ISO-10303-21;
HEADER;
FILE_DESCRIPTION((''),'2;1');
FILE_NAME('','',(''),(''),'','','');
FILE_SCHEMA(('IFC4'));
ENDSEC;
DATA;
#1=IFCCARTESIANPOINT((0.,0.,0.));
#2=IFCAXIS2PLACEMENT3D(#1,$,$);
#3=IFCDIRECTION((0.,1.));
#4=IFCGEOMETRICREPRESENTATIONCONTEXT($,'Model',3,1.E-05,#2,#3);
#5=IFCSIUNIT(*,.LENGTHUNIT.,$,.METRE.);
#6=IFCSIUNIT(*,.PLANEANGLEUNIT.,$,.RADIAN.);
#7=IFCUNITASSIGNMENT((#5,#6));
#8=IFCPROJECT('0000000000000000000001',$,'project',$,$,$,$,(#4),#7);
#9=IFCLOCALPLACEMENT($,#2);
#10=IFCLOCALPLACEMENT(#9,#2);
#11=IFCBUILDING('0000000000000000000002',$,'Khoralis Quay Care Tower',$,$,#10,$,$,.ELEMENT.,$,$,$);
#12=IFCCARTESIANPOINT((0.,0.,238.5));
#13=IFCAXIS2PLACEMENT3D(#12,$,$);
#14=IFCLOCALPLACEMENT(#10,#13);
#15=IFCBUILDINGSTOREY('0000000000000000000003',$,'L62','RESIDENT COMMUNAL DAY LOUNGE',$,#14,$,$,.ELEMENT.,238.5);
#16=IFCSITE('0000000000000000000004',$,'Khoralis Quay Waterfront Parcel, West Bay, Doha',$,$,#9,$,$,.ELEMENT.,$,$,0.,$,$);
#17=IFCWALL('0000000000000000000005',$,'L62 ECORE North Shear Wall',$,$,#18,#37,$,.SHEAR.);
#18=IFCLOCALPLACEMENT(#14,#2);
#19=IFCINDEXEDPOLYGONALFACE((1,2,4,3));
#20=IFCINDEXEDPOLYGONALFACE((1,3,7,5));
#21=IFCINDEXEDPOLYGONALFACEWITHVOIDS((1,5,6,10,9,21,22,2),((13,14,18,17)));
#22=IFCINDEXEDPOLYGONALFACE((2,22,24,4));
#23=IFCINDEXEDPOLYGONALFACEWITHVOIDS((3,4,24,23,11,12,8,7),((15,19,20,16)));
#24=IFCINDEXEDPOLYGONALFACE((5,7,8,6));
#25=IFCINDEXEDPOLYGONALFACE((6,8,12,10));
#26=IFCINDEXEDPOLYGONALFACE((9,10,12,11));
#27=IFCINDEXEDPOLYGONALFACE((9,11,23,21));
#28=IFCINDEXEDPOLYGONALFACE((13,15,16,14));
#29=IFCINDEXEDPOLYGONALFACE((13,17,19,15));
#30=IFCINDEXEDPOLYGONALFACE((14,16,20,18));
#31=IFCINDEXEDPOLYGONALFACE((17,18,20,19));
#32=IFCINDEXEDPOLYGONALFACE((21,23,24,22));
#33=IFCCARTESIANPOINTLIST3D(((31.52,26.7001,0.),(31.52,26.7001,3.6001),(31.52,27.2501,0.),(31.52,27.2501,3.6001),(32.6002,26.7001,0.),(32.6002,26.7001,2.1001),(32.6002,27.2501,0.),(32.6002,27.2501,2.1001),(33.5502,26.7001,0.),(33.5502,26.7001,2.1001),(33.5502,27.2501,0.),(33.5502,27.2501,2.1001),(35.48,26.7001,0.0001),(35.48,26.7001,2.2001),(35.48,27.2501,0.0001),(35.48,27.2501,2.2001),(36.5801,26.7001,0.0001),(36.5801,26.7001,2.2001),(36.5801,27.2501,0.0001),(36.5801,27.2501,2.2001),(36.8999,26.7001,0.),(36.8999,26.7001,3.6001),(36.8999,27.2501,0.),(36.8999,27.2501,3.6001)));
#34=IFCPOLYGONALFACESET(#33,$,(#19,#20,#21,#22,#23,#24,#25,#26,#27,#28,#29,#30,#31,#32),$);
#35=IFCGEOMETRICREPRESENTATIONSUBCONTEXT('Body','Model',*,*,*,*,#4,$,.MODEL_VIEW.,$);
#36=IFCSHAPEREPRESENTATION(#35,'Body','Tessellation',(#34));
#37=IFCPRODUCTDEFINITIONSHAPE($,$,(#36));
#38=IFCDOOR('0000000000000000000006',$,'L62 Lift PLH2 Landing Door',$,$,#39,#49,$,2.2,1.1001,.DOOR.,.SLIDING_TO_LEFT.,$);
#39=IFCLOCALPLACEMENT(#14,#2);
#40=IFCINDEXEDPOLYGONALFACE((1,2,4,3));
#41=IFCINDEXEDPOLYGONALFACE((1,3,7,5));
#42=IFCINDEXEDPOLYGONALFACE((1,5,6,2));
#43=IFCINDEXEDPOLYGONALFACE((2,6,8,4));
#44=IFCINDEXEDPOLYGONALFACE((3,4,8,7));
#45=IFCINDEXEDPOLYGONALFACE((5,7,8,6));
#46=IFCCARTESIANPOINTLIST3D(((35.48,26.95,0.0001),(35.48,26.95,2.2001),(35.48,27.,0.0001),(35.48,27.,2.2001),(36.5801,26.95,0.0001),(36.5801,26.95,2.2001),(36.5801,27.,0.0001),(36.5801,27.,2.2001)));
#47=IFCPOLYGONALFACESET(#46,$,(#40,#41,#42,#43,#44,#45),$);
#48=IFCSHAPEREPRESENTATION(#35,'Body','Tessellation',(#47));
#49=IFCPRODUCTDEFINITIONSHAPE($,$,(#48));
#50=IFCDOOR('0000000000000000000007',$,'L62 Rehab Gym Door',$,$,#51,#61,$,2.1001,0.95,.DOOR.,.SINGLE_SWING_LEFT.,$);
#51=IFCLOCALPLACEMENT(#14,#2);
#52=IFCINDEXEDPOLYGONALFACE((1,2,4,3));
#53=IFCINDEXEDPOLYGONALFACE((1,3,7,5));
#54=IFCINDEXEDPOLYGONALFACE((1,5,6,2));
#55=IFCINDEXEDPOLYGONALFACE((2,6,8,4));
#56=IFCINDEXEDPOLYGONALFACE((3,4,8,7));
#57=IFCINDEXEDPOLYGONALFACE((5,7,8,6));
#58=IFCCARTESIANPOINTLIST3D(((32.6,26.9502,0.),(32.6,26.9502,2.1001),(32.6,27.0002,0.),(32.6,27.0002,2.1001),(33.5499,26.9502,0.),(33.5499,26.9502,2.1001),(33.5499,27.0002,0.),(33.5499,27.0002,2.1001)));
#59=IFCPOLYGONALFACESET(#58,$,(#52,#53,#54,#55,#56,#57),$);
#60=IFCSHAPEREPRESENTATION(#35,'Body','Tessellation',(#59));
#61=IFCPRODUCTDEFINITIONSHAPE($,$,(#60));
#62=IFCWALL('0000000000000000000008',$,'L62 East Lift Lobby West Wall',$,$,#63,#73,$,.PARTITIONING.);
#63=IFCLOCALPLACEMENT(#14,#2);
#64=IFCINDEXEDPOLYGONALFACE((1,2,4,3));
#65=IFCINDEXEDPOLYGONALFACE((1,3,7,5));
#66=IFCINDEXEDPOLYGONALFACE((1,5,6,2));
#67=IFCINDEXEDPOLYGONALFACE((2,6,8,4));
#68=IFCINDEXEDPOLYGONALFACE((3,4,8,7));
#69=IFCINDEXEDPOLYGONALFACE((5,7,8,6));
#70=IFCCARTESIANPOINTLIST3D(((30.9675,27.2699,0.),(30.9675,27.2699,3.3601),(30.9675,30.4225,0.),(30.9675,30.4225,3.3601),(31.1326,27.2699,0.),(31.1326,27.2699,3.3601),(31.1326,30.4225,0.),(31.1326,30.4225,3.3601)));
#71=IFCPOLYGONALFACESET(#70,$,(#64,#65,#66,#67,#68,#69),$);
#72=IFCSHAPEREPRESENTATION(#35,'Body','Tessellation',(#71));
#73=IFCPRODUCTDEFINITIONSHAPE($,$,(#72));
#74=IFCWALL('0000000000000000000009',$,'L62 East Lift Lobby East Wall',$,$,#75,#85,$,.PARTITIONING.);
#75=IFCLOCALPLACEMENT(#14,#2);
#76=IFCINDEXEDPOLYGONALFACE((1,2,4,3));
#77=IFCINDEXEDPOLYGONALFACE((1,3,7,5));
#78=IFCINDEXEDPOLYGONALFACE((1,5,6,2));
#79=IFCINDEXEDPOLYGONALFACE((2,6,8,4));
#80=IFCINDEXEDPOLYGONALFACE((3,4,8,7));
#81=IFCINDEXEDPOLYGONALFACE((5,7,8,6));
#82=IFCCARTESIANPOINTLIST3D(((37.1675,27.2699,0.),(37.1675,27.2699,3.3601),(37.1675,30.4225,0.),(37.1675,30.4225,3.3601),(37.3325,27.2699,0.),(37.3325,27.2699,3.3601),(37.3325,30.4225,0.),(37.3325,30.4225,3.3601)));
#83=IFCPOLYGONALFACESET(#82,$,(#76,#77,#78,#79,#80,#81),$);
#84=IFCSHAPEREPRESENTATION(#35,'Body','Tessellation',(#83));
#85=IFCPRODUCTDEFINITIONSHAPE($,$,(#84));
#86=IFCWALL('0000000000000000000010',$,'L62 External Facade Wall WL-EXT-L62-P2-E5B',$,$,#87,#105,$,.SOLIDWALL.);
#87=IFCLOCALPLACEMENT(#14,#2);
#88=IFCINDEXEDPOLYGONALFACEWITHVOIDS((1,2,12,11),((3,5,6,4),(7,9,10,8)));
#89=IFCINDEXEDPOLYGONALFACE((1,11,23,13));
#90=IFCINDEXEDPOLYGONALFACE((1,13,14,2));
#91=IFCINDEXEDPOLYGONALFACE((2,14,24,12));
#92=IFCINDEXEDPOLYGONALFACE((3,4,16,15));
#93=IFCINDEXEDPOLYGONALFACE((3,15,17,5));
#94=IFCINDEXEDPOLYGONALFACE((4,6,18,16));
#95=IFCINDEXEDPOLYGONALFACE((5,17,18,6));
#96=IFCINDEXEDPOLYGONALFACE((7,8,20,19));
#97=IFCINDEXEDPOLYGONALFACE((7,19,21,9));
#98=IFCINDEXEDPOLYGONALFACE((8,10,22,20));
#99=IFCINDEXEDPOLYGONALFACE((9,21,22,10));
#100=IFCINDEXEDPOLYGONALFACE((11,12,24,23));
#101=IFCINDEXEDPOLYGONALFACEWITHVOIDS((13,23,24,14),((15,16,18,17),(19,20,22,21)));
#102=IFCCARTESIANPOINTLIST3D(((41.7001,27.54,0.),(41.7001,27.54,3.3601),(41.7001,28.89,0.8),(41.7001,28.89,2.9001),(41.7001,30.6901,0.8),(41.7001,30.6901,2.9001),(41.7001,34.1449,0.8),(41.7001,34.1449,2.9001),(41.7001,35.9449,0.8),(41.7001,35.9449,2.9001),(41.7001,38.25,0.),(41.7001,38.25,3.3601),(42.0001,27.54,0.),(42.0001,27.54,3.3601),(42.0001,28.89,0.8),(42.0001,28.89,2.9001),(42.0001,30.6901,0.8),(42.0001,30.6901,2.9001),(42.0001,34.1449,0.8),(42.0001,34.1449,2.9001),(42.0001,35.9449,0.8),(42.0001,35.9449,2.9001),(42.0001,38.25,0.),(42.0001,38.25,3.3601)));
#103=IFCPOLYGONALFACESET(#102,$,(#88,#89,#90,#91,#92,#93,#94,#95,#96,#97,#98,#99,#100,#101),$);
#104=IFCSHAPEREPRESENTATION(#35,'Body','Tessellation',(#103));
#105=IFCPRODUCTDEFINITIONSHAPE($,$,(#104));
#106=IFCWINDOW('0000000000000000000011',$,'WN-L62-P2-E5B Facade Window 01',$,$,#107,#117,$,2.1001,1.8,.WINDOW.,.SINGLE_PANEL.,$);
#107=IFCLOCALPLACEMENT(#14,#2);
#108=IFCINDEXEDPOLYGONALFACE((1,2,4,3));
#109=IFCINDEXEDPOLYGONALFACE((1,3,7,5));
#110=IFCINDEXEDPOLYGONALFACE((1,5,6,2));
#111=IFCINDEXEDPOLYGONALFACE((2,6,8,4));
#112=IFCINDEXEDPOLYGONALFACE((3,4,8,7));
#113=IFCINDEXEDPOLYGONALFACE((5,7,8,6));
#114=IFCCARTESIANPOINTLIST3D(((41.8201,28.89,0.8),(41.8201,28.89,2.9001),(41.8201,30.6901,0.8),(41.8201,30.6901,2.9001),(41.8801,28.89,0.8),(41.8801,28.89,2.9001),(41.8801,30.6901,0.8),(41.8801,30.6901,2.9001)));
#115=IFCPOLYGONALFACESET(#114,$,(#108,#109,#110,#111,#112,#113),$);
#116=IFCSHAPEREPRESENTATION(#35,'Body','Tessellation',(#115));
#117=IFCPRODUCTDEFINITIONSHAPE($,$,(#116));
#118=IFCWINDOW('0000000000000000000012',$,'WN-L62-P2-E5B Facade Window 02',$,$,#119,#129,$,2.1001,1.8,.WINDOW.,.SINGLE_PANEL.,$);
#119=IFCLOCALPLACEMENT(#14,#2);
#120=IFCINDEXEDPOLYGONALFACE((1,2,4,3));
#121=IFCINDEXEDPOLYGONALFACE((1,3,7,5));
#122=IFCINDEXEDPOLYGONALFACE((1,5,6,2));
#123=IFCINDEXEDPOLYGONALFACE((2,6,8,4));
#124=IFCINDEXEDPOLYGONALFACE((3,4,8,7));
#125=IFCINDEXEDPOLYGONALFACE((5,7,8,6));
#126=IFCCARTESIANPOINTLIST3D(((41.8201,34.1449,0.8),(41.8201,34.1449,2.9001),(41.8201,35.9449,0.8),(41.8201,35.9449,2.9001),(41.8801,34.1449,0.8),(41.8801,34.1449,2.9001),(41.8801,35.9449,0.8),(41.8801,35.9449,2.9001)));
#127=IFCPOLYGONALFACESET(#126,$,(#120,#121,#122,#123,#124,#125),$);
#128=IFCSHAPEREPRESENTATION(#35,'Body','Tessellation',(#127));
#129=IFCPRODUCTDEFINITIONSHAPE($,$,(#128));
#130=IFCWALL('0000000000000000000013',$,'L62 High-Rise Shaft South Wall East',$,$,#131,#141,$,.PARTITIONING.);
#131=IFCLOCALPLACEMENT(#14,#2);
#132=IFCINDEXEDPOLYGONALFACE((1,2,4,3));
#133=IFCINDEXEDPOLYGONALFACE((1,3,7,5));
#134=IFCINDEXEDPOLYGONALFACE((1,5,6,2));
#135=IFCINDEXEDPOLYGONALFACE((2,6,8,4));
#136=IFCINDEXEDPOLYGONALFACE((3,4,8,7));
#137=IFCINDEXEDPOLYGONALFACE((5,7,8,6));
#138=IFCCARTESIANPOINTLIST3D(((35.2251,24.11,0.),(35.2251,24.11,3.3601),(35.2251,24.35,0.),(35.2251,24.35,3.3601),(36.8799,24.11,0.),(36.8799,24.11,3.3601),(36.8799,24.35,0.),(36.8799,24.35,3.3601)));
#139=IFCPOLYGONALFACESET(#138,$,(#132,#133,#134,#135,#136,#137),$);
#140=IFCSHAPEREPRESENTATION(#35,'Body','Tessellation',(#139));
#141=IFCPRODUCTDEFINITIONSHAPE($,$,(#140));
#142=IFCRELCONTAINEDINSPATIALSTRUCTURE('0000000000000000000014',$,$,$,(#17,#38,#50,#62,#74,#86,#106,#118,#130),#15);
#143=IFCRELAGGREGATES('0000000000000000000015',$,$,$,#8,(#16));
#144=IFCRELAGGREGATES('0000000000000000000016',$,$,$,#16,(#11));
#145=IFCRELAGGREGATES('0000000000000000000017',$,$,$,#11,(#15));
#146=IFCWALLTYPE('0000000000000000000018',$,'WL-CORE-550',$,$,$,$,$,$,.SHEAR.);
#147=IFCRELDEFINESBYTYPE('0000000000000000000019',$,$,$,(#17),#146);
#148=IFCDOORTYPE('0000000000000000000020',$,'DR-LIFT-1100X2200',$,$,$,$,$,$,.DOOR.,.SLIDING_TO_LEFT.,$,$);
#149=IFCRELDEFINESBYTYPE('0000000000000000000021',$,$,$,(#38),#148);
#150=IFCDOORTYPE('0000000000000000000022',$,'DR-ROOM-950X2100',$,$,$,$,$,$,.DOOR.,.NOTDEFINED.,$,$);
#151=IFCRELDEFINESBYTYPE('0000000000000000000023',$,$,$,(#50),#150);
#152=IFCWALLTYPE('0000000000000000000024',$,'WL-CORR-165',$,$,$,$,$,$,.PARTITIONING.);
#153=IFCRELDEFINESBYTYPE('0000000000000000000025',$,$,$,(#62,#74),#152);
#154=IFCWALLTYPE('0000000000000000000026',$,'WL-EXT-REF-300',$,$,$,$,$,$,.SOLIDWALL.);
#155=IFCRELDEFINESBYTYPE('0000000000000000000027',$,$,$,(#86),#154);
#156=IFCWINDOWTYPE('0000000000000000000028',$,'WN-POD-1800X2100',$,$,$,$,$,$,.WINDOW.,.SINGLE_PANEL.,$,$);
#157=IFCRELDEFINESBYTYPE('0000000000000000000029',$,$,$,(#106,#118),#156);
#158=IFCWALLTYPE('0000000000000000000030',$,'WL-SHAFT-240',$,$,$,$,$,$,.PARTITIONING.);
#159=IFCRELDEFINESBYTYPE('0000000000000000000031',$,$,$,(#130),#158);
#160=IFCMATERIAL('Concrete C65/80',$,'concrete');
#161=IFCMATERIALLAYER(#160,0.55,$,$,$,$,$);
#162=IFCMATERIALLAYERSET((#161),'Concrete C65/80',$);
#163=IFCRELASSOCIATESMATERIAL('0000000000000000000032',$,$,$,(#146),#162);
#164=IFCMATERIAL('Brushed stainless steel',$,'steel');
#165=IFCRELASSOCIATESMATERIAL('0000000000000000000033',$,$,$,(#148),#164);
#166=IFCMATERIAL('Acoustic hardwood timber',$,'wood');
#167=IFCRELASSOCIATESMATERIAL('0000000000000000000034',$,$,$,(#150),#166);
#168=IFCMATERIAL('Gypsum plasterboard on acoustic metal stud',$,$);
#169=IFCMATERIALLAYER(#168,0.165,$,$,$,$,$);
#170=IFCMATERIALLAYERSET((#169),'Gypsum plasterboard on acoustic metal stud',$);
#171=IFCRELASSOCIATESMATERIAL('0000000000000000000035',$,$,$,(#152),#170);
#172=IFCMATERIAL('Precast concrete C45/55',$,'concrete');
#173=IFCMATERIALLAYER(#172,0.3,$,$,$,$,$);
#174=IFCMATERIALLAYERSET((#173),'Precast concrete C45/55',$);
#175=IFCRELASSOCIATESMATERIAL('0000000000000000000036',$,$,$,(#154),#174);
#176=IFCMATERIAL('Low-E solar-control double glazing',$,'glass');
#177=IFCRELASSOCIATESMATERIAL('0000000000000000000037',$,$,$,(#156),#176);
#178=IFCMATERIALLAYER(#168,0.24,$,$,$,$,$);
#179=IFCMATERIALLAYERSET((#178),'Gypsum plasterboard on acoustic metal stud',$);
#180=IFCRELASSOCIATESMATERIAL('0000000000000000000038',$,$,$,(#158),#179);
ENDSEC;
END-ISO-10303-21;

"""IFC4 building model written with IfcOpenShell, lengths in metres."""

from ifc_helpers import new_model, si_unit, direction, frame, frame_2d, origin, place, context, subcontext, project, spatial, rectangle, extrude, source, transform, mapped, material, layer, layer_set, type_object, element, fill, save


model = new_model("IFC4")

# Units and contexts
model_context = context("Model", 3, precision=1e-05, world=origin(), true_north=direction((0.0, 1.0)))
body_context = subcontext(model_context, "Body", "Model", "MODEL_VIEW")
ifc_project = project(units=[si_unit("LENGTHUNIT", "METRE"), si_unit("PLANEANGLEUNIT", "RADIAN")], contexts=[model_context])

# Site, building, storey
site_placement = place(None, origin())
site = spatial("IfcSite", under=ifc_project, at=site_placement, Name="Khoralis Quay Waterfront Parcel, West Bay, Doha", CompositionType="ELEMENT", RefElevation=0.0)
building_placement = place(site_placement, origin())
building = spatial("IfcBuilding", under=site, at=building_placement, Name="Khoralis Quay Care Tower", CompositionType="ELEMENT")
storey_placement = place(building_placement, frame((0.0, 0.0, 238.5)))
storey = spatial("IfcBuildingStorey", under=building, at=storey_placement, Name="L62", Description="RESIDENT COMMUNAL DAY LOUNGE", CompositionType="ELEMENT", Elevation=238.5)

# Shared definitions
ifc_material_1 = material(Name="Low-E solar-control double glazing", Category="glass")

# Wall, openings, doors
ifc_material_2 = material(Name="Concrete C65/80", Category="concrete")
ifc_layer_1 = layer(ifc_material_2, 0.55)
ifc_layer_set_1 = layer_set([ifc_layer_1], Name="Concrete C65/80")
wall_type_1 = type_object("IfcWallType", Name="WL-CORE-550", PredefinedType="SHEAR", material=ifc_layer_set_1)
wall_1_placement = place(storey_placement, frame((31.52, 26.9751, 0.0), z_axis=(0.0, 0.0, 1.0), x_axis=(1.0, 0.0, 0.0)))
wall_1 = element("IfcWall", 1, at=wall_1_placement, inside=storey, type_object=wall_type_1, Name="L62 ECORE North Shear Wall", PredefinedType="SHEAR", context=body_context, shape_type="SweptSolid", body=[
    extrude(rectangle(XDim=5.3799, YDim=0.55, at=frame_2d((2.6899, 0.0))), origin(), (0.0, 0.0, 1.0), 3.6001),
])
opening_1_placement = place(wall_1_placement, frame((1.0801, 0.0, 0.0)))
opening_1 = element("IfcOpeningElement", 2, at=opening_1_placement, cuts=wall_1, PredefinedType="OPENING", context=body_context, shape_type="SweptSolid", body=[
    extrude(rectangle(XDim=0.95, YDim=2.1001, at=frame_2d((0.4751, 1.05))), frame((0.0, 0.2852, 0.0), z_axis=(0.0, -1.0, 0.0), x_axis=(1.0, 0.0, 0.0)), (0.0, 0.0, 1.0), 0.5701),
])
opening_2_placement = place(wall_1_placement, frame((3.96, 0.0, 0.0)))
opening_2 = element("IfcOpeningElement", 3, at=opening_2_placement, cuts=wall_1, PredefinedType="OPENING", context=body_context, shape_type="SweptSolid", body=[
    extrude(rectangle(XDim=1.1001, YDim=2.2, at=frame_2d((0.55, 1.1001))), frame((0.0, 0.2852, 0.0), z_axis=(0.0, -1.0, 0.0), x_axis=(1.0, 0.0, 0.0)), (0.0, 0.0, 1.0), 0.5701),
])
ifc_material_3 = material(Name="Brushed stainless steel", Category="steel")
door_type_1 = type_object("IfcDoorType", Name="DR-LIFT-1100X2200", OperationType="SLIDING_TO_LEFT", PredefinedType="DOOR", material=ifc_material_3)
shared_shape_1 = source(origin(), body_context, "Body", "SweptSolid", [
    extrude(rectangle(XDim=1.1001, YDim=2.2, at=frame_2d((0.55, 1.1001))), frame((0.0, 0.0249, 0.0), z_axis=(0.0, -1.0, 0.0), x_axis=(1.0, 0.0, 0.0)), (0.0, 0.0, 1.0), 0.05),
])
door_1_placement = place(opening_2_placement, origin())
door_1 = element("IfcDoor", 4, at=door_1_placement, inside=storey, type_object=door_type_1, Name="L62 Lift PLH2 Landing Door", OperationType="SLIDING_TO_LEFT", OverallHeight=2.2, OverallWidth=1.1001, PredefinedType="DOOR", context=body_context, shape_type="MappedRepresentation", body=[
    mapped(shared_shape_1, transform((0.0, 0.0, 0.0), scale=1.0)),
])
fill(opening_2, door_1)
ifc_material_4 = material(Name="Acoustic hardwood timber", Category="wood")
door_type_2 = type_object("IfcDoorType", Name="DR-ROOM-950X2100", OperationType="NOTDEFINED", PredefinedType="DOOR", material=ifc_material_4)
shared_shape_2 = source(origin(), body_context, "Body", "SweptSolid", [
    extrude(rectangle(XDim=0.95, YDim=2.1001, at=frame_2d((0.4751, 1.05))), frame((0.0, 0.0249, 0.0), z_axis=(0.0, -1.0, 0.0), x_axis=(1.0, 0.0, 0.0)), (0.0, 0.0, 1.0), 0.05),
])
door_2_placement = place(opening_1_placement, frame((0.95, 0.0, 0.0), z_axis=(0.0, 0.0, 1.0), x_axis=(-1.0, 0.0, 0.0)))
door_2 = element("IfcDoor", 5, at=door_2_placement, inside=storey, type_object=door_type_2, Name="L62 Rehab Gym Door", OperationType="SINGLE_SWING_LEFT", OverallHeight=2.1001, OverallWidth=0.95, PredefinedType="DOOR", context=body_context, shape_type="MappedRepresentation", body=[
    mapped(shared_shape_2, transform((0.0, 0.0, 0.0), scale=1.0)),
])
fill(opening_1, door_2)

# Walls
ifc_material_5 = material(Name="Gypsum plasterboard on acoustic metal stud")
ifc_layer_2 = layer(ifc_material_5, 0.165)
ifc_layer_set_2 = layer_set([ifc_layer_2], Name="Gypsum plasterboard on acoustic metal stud")
wall_type_2 = type_object("IfcWallType", Name="WL-CORR-165", PredefinedType="PARTITIONING", material=ifc_layer_set_2)
for number, where, z_axis, x_axis, name in (
    (6, (31.05, 27.27, 0.0), (0.0, 0.0, 1.0), (0.0, 1.0, 0.0), "L62 East Lift Lobby West Wall"),
    (7, (37.25, 27.27, 0.0), (0.0, 0.0, 1.0), (0.0, 1.0, 0.0), "L62 East Lift Lobby East Wall"),
):
    element("IfcWall", number, at=place(storey_placement, frame(where, z_axis=z_axis, x_axis=x_axis)), inside=storey, type_object=wall_type_2, Name=name, PredefinedType="PARTITIONING", context=body_context, shape_type="SweptSolid", body=[
        extrude(rectangle(XDim=3.1526, YDim=0.165, at=frame_2d((1.5762, 0.0))), origin(), (0.0, 0.0, 1.0), 3.3601),
    ])

# Wall, openings, windows
ifc_material_6 = material(Name="Precast concrete C45/55", Category="concrete")
ifc_layer_3 = layer(ifc_material_6, 0.3)
ifc_layer_set_3 = layer_set([ifc_layer_3], Name="Precast concrete C45/55")
wall_type_3 = type_object("IfcWallType", Name="WL-EXT-REF-300", PredefinedType="SOLIDWALL", material=ifc_layer_set_3)
wall_2_placement = place(storey_placement, frame((41.8501, 27.54, 0.0), z_axis=(0.0, 0.0, 1.0), x_axis=(0.0, 1.0, 0.0)))
wall_2 = element("IfcWall", 8, at=wall_2_placement, inside=storey, type_object=wall_type_3, Name="L62 External Facade Wall WL-EXT-L62-P2-E5B", PredefinedType="SOLIDWALL", context=body_context, shape_type="SweptSolid", body=[
    extrude(rectangle(XDim=10.71, YDim=0.3, at=frame_2d((5.355, 0.0))), origin(), (0.0, 0.0, 1.0), 3.3601),
])
opening_3_placement = place(wall_2_placement, frame((1.3501, 0.0, 0.8)))
opening_3 = element("IfcOpeningElement", 9, at=opening_3_placement, cuts=wall_2, PredefinedType="OPENING", context=body_context, shape_type="SweptSolid", body=[
    extrude(rectangle(XDim=1.8, YDim=2.1001, at=frame_2d((0.8999, 1.05))), frame((0.0, 0.1602, 0.0), z_axis=(0.0, -1.0, 0.0), x_axis=(1.0, 0.0, 0.0)), (0.0, 0.0, 1.0), 0.3201),
])
opening_4_placement = place(wall_2_placement, frame((6.605, 0.0, 0.8)))
opening_4 = element("IfcOpeningElement", 10, at=opening_4_placement, cuts=wall_2, PredefinedType="OPENING", context=body_context, shape_type="SweptSolid", body=[
    extrude(rectangle(XDim=1.8, YDim=2.1001, at=frame_2d((0.8999, 1.05))), frame((0.0, 0.1602, 0.0), z_axis=(0.0, -1.0, 0.0), x_axis=(1.0, 0.0, 0.0)), (0.0, 0.0, 1.0), 0.3201),
])
window_type = type_object("IfcWindowType", Name="WN-POD-1800X2100", PartitioningType="SINGLE_PANEL", PredefinedType="WINDOW", material=ifc_material_1)
shared_shape_3 = source(origin(), body_context, "Body", "SweptSolid", [
    extrude(rectangle(XDim=1.8, YDim=2.1001, at=frame_2d((0.8999, 1.05))), frame((0.0, 0.03, 0.0), z_axis=(0.0, -1.0, 0.0), x_axis=(1.0, 0.0, 0.0)), (0.0, 0.0, 1.0), 0.0601),
])
window_1_placement = place(opening_3_placement, origin())
window_1 = element("IfcWindow", 11, at=window_1_placement, inside=storey, type_object=window_type, Name="WN-L62-P2-E5B Facade Window 01", OverallHeight=2.1001, OverallWidth=1.8, PartitioningType="SINGLE_PANEL", PredefinedType="WINDOW", context=body_context, shape_type="MappedRepresentation", body=[
    mapped(shared_shape_3, transform((0.0, 0.0, 0.0), scale=1.0)),
])
fill(opening_3, window_1)
window_2_placement = place(opening_4_placement, origin())
window_2 = element("IfcWindow", 12, at=window_2_placement, inside=storey, type_object=window_type, Name="WN-L62-P2-E5B Facade Window 02", OverallHeight=2.1001, OverallWidth=1.8, PartitioningType="SINGLE_PANEL", PredefinedType="WINDOW", context=body_context, shape_type="MappedRepresentation", body=[
    mapped(shared_shape_3, transform((0.0, 0.0, 0.0), scale=1.0)),
])
fill(opening_4, window_2)

# Wall
ifc_layer_4 = layer(ifc_material_5, 0.24)
ifc_layer_set_4 = layer_set([ifc_layer_4], Name="Gypsum plasterboard on acoustic metal stud")
wall_type_4 = type_object("IfcWallType", Name="WL-SHAFT-240", PredefinedType="PARTITIONING", material=ifc_layer_set_4)
wall_3_placement = place(storey_placement, frame((35.2251, 24.23, 0.0), z_axis=(0.0, 0.0, 1.0), x_axis=(1.0, 0.0, 0.0)))
element("IfcWall", 13, at=wall_3_placement, inside=storey, type_object=wall_type_4, Name="L62 High-Rise Shaft South Wall East", PredefinedType="PARTITIONING", context=body_context, shape_type="SweptSolid", body=[
    extrude(rectangle(XDim=1.6548, YDim=0.24, at=frame_2d((0.8274, 0.0))), origin(), (0.0, 0.0, 1.0), 3.3601),
])

save(model, "model.ifc")
